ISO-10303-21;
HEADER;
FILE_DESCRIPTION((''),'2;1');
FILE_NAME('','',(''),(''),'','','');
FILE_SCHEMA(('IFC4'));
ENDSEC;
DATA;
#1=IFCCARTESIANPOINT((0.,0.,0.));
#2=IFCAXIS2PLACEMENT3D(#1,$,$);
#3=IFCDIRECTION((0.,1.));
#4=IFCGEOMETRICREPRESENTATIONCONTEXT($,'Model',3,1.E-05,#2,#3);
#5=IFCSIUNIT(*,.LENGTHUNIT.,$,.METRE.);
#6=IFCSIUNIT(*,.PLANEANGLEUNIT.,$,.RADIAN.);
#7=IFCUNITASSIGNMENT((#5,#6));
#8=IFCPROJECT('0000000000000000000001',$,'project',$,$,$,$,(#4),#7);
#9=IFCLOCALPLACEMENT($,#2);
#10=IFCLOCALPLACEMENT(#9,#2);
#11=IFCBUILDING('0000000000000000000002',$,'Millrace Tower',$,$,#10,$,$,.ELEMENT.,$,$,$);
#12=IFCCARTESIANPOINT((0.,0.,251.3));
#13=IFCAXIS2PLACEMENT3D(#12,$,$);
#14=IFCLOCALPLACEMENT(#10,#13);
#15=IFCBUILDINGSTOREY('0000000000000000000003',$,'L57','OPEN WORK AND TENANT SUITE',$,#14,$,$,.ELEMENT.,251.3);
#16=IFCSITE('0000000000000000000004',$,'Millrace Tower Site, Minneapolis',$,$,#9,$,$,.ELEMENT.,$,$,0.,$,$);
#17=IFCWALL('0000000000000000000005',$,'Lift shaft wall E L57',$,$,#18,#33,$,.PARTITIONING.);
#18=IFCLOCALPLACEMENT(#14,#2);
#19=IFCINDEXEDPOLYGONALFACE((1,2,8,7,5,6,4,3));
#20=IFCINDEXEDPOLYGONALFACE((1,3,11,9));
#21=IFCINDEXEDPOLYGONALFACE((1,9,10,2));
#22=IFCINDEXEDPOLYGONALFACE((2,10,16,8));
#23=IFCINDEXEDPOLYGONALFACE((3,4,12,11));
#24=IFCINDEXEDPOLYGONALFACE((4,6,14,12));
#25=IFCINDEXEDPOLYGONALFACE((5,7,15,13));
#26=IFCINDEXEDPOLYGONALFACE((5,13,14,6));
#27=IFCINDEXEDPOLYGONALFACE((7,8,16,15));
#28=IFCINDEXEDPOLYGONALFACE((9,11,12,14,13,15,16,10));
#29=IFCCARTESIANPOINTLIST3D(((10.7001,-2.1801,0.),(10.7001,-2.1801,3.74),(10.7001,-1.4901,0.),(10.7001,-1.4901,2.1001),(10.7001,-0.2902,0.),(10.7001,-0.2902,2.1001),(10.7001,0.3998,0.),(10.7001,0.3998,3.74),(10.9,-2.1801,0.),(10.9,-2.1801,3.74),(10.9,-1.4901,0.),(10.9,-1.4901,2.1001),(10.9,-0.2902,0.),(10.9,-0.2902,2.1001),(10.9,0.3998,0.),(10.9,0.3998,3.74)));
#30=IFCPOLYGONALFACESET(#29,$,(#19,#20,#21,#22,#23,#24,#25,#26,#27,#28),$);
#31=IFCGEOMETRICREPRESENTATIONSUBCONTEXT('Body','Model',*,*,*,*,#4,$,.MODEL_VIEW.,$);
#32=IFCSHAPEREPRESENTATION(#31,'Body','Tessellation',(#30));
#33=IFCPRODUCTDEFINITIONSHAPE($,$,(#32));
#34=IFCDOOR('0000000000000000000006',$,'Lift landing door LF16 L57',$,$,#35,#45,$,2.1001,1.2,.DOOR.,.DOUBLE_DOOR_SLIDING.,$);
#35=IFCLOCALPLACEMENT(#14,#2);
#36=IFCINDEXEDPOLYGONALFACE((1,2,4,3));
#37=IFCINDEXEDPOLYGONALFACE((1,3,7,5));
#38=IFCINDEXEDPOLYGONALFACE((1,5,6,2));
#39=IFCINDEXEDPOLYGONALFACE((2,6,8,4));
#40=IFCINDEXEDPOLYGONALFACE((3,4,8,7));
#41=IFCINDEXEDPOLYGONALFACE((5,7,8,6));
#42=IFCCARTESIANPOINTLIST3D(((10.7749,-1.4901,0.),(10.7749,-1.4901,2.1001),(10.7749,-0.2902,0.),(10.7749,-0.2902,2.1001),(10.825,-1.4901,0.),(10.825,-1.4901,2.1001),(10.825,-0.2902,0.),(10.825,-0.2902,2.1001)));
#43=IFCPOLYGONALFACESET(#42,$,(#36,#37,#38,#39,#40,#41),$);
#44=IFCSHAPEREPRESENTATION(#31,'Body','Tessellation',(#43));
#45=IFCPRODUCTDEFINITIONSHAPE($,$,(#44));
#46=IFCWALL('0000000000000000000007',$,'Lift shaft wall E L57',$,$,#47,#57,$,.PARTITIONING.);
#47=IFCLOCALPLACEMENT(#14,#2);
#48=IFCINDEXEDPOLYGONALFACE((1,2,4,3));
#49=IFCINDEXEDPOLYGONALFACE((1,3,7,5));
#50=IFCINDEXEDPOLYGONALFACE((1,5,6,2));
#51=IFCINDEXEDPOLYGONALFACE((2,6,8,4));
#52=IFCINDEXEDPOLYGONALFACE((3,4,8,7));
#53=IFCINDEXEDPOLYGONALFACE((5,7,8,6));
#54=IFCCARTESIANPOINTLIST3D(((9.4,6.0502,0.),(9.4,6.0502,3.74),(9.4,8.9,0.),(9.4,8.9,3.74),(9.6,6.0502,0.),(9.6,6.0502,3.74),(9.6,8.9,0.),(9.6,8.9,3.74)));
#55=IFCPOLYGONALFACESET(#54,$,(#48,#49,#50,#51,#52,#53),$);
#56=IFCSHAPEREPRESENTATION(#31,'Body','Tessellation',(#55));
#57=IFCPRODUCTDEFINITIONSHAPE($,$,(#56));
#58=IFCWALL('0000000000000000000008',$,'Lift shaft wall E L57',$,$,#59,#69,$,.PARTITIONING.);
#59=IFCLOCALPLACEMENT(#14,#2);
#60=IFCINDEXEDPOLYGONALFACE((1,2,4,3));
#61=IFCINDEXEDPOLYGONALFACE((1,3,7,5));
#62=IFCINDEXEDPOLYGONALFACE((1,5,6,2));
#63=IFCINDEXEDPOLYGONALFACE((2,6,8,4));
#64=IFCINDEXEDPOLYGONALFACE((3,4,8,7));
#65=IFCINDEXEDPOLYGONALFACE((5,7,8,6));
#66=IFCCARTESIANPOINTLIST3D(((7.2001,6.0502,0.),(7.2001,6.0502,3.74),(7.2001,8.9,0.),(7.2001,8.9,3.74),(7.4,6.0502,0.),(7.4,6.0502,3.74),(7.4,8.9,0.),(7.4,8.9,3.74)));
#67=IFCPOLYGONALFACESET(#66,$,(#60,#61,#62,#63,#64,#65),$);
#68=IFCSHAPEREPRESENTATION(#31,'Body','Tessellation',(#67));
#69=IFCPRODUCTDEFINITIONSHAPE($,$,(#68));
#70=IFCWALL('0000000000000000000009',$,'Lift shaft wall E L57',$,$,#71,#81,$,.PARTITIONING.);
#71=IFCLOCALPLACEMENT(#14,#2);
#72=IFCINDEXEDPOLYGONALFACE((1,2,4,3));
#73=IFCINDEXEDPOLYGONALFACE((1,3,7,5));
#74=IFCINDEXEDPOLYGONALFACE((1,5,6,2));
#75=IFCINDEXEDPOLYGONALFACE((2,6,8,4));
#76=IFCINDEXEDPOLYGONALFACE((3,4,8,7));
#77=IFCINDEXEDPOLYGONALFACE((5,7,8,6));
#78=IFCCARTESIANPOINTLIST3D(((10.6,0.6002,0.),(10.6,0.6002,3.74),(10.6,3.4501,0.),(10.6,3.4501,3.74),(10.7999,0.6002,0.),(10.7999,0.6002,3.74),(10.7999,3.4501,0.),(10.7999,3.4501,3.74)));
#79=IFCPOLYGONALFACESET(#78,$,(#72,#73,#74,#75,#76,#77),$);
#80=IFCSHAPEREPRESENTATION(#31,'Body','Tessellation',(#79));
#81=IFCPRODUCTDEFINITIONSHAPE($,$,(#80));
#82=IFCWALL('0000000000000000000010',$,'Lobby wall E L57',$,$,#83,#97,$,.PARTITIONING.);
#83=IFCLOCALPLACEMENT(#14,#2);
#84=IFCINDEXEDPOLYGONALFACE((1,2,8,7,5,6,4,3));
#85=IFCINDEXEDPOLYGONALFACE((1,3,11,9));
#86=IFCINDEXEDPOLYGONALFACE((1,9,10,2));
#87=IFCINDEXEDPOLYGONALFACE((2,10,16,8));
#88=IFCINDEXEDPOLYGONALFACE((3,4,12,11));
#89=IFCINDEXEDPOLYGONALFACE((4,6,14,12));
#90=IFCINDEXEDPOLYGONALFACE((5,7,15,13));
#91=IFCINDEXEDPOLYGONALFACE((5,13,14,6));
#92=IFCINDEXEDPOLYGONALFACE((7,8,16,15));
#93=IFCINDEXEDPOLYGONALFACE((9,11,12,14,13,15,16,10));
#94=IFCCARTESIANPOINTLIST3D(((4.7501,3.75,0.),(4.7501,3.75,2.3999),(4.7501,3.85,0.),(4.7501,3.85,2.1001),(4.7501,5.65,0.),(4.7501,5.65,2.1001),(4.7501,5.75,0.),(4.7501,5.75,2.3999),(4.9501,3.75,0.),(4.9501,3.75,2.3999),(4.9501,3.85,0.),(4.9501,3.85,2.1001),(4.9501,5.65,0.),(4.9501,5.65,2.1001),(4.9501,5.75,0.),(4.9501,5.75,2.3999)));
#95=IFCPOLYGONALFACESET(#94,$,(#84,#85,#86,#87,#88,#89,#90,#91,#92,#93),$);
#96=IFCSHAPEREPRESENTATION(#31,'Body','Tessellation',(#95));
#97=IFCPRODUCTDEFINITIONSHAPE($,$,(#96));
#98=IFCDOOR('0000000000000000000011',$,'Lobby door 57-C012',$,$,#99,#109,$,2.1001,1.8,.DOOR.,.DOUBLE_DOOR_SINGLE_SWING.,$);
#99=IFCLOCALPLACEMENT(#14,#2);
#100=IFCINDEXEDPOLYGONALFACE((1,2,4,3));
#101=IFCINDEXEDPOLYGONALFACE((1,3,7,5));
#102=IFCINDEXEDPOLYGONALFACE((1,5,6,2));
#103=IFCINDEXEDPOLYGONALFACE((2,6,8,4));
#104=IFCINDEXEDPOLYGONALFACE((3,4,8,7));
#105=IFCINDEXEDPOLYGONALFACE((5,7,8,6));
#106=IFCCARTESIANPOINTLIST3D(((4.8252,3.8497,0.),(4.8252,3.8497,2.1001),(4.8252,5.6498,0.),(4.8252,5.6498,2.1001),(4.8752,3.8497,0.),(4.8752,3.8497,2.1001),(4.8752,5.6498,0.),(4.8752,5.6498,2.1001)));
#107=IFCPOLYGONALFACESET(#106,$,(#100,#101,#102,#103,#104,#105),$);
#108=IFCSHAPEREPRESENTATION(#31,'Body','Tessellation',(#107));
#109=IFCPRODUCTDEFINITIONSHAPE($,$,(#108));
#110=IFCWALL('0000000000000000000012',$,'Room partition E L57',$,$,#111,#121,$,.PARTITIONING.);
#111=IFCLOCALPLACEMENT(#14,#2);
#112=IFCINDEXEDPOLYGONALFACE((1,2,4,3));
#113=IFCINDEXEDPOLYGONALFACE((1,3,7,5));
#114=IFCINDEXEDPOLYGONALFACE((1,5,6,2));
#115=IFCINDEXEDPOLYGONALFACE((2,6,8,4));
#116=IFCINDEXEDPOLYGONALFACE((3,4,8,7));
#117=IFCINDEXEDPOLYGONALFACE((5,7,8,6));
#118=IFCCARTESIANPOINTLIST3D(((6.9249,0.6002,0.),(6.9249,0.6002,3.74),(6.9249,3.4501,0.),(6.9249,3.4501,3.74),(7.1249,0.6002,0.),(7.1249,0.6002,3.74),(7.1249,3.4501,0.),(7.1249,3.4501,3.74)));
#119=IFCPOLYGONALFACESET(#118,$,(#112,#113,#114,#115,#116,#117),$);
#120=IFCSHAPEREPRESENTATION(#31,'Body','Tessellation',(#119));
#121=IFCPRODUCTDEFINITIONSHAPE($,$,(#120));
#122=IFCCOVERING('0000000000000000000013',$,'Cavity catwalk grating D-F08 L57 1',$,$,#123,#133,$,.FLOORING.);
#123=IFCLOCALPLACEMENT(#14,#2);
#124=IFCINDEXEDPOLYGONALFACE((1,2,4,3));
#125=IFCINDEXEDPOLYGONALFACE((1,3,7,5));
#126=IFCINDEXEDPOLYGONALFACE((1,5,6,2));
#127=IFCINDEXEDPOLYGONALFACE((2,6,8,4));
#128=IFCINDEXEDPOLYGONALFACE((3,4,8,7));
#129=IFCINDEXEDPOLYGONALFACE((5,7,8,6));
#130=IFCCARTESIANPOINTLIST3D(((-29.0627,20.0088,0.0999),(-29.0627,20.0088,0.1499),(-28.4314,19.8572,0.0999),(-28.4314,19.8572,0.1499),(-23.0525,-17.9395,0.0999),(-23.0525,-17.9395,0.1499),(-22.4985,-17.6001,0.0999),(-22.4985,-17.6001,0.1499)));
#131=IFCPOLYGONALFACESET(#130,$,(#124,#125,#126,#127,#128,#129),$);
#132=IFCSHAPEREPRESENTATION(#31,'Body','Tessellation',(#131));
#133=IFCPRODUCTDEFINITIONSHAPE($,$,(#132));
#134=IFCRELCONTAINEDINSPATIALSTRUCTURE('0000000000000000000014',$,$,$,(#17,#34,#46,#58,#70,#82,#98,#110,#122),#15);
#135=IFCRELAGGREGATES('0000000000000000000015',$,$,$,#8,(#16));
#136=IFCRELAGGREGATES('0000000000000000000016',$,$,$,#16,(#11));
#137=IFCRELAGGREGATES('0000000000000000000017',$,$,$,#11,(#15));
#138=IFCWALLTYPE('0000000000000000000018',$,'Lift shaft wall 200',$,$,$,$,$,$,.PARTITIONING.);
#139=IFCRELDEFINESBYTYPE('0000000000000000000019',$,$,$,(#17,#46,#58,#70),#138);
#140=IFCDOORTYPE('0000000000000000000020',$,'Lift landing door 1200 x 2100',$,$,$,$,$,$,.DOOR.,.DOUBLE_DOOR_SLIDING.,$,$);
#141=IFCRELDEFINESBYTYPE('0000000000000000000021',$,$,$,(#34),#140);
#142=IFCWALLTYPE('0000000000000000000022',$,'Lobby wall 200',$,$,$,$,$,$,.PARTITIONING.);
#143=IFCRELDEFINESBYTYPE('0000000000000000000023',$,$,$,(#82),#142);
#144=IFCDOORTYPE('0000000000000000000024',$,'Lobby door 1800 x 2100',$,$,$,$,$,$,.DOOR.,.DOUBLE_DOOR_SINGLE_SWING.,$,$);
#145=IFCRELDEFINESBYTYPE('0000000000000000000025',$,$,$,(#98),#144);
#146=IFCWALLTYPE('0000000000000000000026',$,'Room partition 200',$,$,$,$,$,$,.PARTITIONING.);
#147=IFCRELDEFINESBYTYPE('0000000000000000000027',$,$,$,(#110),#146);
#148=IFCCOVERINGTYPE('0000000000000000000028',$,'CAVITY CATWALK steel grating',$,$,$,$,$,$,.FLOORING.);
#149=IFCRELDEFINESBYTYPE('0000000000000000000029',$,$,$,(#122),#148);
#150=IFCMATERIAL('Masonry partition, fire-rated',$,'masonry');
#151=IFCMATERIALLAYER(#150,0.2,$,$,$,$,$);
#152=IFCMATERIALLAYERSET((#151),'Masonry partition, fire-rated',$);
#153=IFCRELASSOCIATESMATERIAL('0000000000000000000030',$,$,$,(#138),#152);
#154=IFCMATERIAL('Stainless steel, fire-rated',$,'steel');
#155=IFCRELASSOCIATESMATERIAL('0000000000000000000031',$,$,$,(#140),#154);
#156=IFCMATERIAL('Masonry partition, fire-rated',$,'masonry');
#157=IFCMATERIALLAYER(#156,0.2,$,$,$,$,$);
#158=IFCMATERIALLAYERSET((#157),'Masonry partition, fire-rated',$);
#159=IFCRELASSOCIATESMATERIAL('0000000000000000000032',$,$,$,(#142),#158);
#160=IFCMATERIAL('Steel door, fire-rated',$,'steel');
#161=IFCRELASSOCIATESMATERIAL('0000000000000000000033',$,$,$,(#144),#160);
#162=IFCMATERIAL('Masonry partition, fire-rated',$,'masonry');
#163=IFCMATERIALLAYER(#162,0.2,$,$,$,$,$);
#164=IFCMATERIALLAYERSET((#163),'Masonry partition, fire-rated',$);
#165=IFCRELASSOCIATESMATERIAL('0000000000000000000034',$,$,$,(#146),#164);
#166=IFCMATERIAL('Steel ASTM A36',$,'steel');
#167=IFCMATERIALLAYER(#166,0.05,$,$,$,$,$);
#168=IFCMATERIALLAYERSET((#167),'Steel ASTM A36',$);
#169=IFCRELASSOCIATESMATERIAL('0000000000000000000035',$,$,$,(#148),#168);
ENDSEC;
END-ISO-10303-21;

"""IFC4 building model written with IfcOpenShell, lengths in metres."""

from ifc_helpers import new_model, si_unit, direction, frame, frame_2d, origin, place, context, subcontext, project, spatial, polyline, rectangle, outline, extrude, material, layer, layer_set, type_object, element, fill, save


model = new_model("IFC4")

# Units and contexts
model_context = context("Model", 3, precision=1e-05, world=origin(), true_north=direction((0.0, 1.0)))
body_context = subcontext(model_context, "Body", "Model", "MODEL_VIEW")
ifc_project = project(units=[si_unit("LENGTHUNIT", "METRE"), si_unit("PLANEANGLEUNIT", "RADIAN")], contexts=[model_context])

# Site, building, storey
site_placement = place(None, origin())
site = spatial("IfcSite", under=ifc_project, at=site_placement, Name="Millrace Tower Site, Minneapolis", CompositionType="ELEMENT", RefElevation=0.0)
building_placement = place(site_placement, origin())
building = spatial("IfcBuilding", under=site, at=building_placement, Name="Millrace Tower", CompositionType="ELEMENT")
storey_placement = place(building_placement, frame((0.0, 0.0, 251.3)))
storey = spatial("IfcBuildingStorey", under=building, at=storey_placement, Name="L57", Description="OPEN WORK AND TENANT SUITE", CompositionType="ELEMENT", Elevation=251.3)

# Wall, opening, door
ifc_material_1 = material(Name="Masonry partition, fire-rated", Category="masonry")
ifc_layer_1 = layer(ifc_material_1, 0.2)
ifc_layer_set_1 = layer_set([ifc_layer_1], Name="Masonry partition, fire-rated")
wall_type_1 = type_object("IfcWallType", Name="Lift shaft wall 200", PredefinedType="PARTITIONING", material=ifc_layer_set_1)
wall_1_placement = place(storey_placement, frame((10.8, 0.3999, 0.0), z_axis=(0.0, 0.0, 1.0), x_axis=(0.0, -1.0, 0.0)))
wall_1 = element("IfcWall", 1, at=wall_1_placement, inside=storey, type_object=wall_type_1, Name="Lift shaft wall E L57", PredefinedType="PARTITIONING", context=body_context, shape_type="SweptSolid", body=[
    extrude(rectangle(XDim=2.5798, YDim=0.2, at=frame_2d((1.29, 0.0))), origin(), (0.0, 0.0, 1.0), 3.74),
])
opening_1_placement = place(wall_1_placement, frame((0.6899, 0.0, 0.0)))
opening_1 = element("IfcOpeningElement", 2, at=opening_1_placement, cuts=wall_1, PredefinedType="OPENING", context=body_context, shape_type="SweptSolid", body=[
    extrude(rectangle(XDim=1.2, YDim=2.1001, at=frame_2d((0.6001, 1.05))), frame((0.0, 0.1099, 0.0), z_axis=(0.0, -1.0, 0.0), x_axis=(1.0, 0.0, 0.0)), (0.0, 0.0, 1.0), 0.22),
])
ifc_material_2 = material(Name="Stainless steel, fire-rated", Category="steel")
door_type_1 = type_object("IfcDoorType", Name="Lift landing door 1200 x 2100", OperationType="DOUBLE_DOOR_SLIDING", PredefinedType="DOOR", material=ifc_material_2)
door_1_placement = place(opening_1_placement, origin())
door_1 = element("IfcDoor", 3, at=door_1_placement, inside=storey, type_object=door_type_1, Name="Lift landing door LF16 L57", OperationType="DOUBLE_DOOR_SLIDING", OverallHeight=2.1001, OverallWidth=1.2, PredefinedType="DOOR", context=body_context, shape_type="SweptSolid", body=[
    extrude(rectangle(XDim=1.2, YDim=2.1001, at=frame_2d((0.6001, 1.05))), frame((0.0, 0.0249, 0.0), z_axis=(0.0, -1.0, 0.0), x_axis=(1.0, 0.0, 0.0)), (0.0, 0.0, 1.0), 0.05),
])
fill(opening_1, door_1)

# Walls
for number, where, z_axis, x_axis, name in (
    (4, (9.5, 8.8999, 0.0), (0.0, 0.0, 1.0), (0.0, -1.0, 0.0), "Lift shaft wall E L57"),
    (5, (7.3, 8.8999, 0.0), (0.0, 0.0, 1.0), (0.0, -1.0, 0.0), "Lift shaft wall E L57"),
    (6, (10.7, 3.45, 0.0), (0.0, 0.0, 1.0), (0.0, -1.0, 0.0), "Lift shaft wall E L57"),
):
    element("IfcWall", number, at=place(storey_placement, frame(where, z_axis=z_axis, x_axis=x_axis)), inside=storey, type_object=wall_type_1, Name=name, PredefinedType="PARTITIONING", context=body_context, shape_type="SweptSolid", body=[
        extrude(rectangle(XDim=2.8499, YDim=0.2, at=frame_2d((1.4248, 0.0))), origin(), (0.0, 0.0, 1.0), 3.74),
    ])

# Wall, opening, door
ifc_material_3 = material(Name="Masonry partition, fire-rated", Category="masonry")
ifc_layer_2 = layer(ifc_material_3, 0.2)
ifc_layer_set_2 = layer_set([ifc_layer_2], Name="Masonry partition, fire-rated")
wall_type_2 = type_object("IfcWallType", Name="Lobby wall 200", PredefinedType="PARTITIONING", material=ifc_layer_set_2)
wall_2_placement = place(storey_placement, frame((4.8501, 5.75, 0.0), z_axis=(0.0, 0.0, 1.0), x_axis=(0.0, -1.0, 0.0)))
wall_2 = element("IfcWall", 7, at=wall_2_placement, inside=storey, type_object=wall_type_2, Name="Lobby wall E L57", PredefinedType="PARTITIONING", context=body_context, shape_type="SweptSolid", body=[
    extrude(rectangle(XDim=2.0, YDim=0.2, at=frame_2d((1.0, 0.0))), origin(), (0.0, 0.0, 1.0), 2.3999),
])
opening_2_placement = place(wall_2_placement, frame((0.1001, 0.0, 0.0)))
opening_2 = element("IfcOpeningElement", 8, at=opening_2_placement, cuts=wall_2, PredefinedType="OPENING", context=body_context, shape_type="SweptSolid", body=[
    extrude(rectangle(XDim=1.8, YDim=2.1001, at=frame_2d((0.8999, 1.05))), frame((0.0, 0.1099, 0.0), z_axis=(0.0, -1.0, 0.0), x_axis=(1.0, 0.0, 0.0)), (0.0, 0.0, 1.0), 0.22),
])
ifc_material_4 = material(Name="Steel door, fire-rated", Category="steel")
door_type_2 = type_object("IfcDoorType", Name="Lobby door 1800 x 2100", OperationType="DOUBLE_DOOR_SINGLE_SWING", PredefinedType="DOOR", material=ifc_material_4)
door_2_placement = place(opening_2_placement, frame((1.8, 0.0, 0.0), z_axis=(0.0, 0.0, 1.0), x_axis=(-1.0, 0.0, 0.0)))
door_2 = element("IfcDoor", 9, at=door_2_placement, inside=storey, type_object=door_type_2, Name="Lobby door 57-C012", OperationType="DOUBLE_DOOR_SINGLE_SWING", OverallHeight=2.1001, OverallWidth=1.8, PredefinedType="DOOR", context=body_context, shape_type="SweptSolid", body=[
    extrude(rectangle(XDim=1.8, YDim=2.1001, at=frame_2d((0.8999, 1.05))), frame((0.0, 0.0249, 0.0), z_axis=(0.0, -1.0, 0.0), x_axis=(1.0, 0.0, 0.0)), (0.0, 0.0, 1.0), 0.05),
])
fill(opening_2, door_2)

# Wall
ifc_material_5 = material(Name="Masonry partition, fire-rated", Category="masonry")
ifc_layer_3 = layer(ifc_material_5, 0.2)
ifc_layer_set_3 = layer_set([ifc_layer_3], Name="Masonry partition, fire-rated")
wall_type_3 = type_object("IfcWallType", Name="Room partition 200", PredefinedType="PARTITIONING", material=ifc_layer_set_3)
wall_3_placement = place(storey_placement, frame((7.0249, 3.45, 0.0), z_axis=(0.0, 0.0, 1.0), x_axis=(0.0, -1.0, 0.0)))
element("IfcWall", 10, at=wall_3_placement, inside=storey, type_object=wall_type_3, Name="Room partition E L57", PredefinedType="PARTITIONING", context=body_context, shape_type="SweptSolid", body=[
    extrude(rectangle(XDim=2.8499, YDim=0.2, at=frame_2d((1.4248, 0.0))), origin(), (0.0, 0.0, 1.0), 3.74),
])

# Covering
ifc_material_6 = material(Name="Steel ASTM A36", Category="steel")
ifc_layer_4 = layer(ifc_material_6, 0.05)
ifc_layer_set_4 = layer_set([ifc_layer_4], Name="Steel ASTM A36")
covering_type = type_object("IfcCoveringType", Name="CAVITY CATWALK steel grating", PredefinedType="FLOORING", material=ifc_layer_set_4)
covering_placement = place(storey_placement, frame((0.0, 0.0, 0.0999)))
element("IfcCovering", 11, at=covering_placement, inside=storey, type_object=covering_type, Name="Cavity catwalk grating D-F08 L57 1", PredefinedType="FLOORING", context=body_context, shape_type="SweptSolid", body=[
    extrude(outline(polyline([(-29.0627, 20.0088), (-23.0525, -17.9395), (-22.4985, -17.6001), (-28.4314, 19.8572), (-29.0627, 20.0088)])), origin(), (0.0, 0.0, 1.0), 0.05),
])

save(model, "model.ifc")
